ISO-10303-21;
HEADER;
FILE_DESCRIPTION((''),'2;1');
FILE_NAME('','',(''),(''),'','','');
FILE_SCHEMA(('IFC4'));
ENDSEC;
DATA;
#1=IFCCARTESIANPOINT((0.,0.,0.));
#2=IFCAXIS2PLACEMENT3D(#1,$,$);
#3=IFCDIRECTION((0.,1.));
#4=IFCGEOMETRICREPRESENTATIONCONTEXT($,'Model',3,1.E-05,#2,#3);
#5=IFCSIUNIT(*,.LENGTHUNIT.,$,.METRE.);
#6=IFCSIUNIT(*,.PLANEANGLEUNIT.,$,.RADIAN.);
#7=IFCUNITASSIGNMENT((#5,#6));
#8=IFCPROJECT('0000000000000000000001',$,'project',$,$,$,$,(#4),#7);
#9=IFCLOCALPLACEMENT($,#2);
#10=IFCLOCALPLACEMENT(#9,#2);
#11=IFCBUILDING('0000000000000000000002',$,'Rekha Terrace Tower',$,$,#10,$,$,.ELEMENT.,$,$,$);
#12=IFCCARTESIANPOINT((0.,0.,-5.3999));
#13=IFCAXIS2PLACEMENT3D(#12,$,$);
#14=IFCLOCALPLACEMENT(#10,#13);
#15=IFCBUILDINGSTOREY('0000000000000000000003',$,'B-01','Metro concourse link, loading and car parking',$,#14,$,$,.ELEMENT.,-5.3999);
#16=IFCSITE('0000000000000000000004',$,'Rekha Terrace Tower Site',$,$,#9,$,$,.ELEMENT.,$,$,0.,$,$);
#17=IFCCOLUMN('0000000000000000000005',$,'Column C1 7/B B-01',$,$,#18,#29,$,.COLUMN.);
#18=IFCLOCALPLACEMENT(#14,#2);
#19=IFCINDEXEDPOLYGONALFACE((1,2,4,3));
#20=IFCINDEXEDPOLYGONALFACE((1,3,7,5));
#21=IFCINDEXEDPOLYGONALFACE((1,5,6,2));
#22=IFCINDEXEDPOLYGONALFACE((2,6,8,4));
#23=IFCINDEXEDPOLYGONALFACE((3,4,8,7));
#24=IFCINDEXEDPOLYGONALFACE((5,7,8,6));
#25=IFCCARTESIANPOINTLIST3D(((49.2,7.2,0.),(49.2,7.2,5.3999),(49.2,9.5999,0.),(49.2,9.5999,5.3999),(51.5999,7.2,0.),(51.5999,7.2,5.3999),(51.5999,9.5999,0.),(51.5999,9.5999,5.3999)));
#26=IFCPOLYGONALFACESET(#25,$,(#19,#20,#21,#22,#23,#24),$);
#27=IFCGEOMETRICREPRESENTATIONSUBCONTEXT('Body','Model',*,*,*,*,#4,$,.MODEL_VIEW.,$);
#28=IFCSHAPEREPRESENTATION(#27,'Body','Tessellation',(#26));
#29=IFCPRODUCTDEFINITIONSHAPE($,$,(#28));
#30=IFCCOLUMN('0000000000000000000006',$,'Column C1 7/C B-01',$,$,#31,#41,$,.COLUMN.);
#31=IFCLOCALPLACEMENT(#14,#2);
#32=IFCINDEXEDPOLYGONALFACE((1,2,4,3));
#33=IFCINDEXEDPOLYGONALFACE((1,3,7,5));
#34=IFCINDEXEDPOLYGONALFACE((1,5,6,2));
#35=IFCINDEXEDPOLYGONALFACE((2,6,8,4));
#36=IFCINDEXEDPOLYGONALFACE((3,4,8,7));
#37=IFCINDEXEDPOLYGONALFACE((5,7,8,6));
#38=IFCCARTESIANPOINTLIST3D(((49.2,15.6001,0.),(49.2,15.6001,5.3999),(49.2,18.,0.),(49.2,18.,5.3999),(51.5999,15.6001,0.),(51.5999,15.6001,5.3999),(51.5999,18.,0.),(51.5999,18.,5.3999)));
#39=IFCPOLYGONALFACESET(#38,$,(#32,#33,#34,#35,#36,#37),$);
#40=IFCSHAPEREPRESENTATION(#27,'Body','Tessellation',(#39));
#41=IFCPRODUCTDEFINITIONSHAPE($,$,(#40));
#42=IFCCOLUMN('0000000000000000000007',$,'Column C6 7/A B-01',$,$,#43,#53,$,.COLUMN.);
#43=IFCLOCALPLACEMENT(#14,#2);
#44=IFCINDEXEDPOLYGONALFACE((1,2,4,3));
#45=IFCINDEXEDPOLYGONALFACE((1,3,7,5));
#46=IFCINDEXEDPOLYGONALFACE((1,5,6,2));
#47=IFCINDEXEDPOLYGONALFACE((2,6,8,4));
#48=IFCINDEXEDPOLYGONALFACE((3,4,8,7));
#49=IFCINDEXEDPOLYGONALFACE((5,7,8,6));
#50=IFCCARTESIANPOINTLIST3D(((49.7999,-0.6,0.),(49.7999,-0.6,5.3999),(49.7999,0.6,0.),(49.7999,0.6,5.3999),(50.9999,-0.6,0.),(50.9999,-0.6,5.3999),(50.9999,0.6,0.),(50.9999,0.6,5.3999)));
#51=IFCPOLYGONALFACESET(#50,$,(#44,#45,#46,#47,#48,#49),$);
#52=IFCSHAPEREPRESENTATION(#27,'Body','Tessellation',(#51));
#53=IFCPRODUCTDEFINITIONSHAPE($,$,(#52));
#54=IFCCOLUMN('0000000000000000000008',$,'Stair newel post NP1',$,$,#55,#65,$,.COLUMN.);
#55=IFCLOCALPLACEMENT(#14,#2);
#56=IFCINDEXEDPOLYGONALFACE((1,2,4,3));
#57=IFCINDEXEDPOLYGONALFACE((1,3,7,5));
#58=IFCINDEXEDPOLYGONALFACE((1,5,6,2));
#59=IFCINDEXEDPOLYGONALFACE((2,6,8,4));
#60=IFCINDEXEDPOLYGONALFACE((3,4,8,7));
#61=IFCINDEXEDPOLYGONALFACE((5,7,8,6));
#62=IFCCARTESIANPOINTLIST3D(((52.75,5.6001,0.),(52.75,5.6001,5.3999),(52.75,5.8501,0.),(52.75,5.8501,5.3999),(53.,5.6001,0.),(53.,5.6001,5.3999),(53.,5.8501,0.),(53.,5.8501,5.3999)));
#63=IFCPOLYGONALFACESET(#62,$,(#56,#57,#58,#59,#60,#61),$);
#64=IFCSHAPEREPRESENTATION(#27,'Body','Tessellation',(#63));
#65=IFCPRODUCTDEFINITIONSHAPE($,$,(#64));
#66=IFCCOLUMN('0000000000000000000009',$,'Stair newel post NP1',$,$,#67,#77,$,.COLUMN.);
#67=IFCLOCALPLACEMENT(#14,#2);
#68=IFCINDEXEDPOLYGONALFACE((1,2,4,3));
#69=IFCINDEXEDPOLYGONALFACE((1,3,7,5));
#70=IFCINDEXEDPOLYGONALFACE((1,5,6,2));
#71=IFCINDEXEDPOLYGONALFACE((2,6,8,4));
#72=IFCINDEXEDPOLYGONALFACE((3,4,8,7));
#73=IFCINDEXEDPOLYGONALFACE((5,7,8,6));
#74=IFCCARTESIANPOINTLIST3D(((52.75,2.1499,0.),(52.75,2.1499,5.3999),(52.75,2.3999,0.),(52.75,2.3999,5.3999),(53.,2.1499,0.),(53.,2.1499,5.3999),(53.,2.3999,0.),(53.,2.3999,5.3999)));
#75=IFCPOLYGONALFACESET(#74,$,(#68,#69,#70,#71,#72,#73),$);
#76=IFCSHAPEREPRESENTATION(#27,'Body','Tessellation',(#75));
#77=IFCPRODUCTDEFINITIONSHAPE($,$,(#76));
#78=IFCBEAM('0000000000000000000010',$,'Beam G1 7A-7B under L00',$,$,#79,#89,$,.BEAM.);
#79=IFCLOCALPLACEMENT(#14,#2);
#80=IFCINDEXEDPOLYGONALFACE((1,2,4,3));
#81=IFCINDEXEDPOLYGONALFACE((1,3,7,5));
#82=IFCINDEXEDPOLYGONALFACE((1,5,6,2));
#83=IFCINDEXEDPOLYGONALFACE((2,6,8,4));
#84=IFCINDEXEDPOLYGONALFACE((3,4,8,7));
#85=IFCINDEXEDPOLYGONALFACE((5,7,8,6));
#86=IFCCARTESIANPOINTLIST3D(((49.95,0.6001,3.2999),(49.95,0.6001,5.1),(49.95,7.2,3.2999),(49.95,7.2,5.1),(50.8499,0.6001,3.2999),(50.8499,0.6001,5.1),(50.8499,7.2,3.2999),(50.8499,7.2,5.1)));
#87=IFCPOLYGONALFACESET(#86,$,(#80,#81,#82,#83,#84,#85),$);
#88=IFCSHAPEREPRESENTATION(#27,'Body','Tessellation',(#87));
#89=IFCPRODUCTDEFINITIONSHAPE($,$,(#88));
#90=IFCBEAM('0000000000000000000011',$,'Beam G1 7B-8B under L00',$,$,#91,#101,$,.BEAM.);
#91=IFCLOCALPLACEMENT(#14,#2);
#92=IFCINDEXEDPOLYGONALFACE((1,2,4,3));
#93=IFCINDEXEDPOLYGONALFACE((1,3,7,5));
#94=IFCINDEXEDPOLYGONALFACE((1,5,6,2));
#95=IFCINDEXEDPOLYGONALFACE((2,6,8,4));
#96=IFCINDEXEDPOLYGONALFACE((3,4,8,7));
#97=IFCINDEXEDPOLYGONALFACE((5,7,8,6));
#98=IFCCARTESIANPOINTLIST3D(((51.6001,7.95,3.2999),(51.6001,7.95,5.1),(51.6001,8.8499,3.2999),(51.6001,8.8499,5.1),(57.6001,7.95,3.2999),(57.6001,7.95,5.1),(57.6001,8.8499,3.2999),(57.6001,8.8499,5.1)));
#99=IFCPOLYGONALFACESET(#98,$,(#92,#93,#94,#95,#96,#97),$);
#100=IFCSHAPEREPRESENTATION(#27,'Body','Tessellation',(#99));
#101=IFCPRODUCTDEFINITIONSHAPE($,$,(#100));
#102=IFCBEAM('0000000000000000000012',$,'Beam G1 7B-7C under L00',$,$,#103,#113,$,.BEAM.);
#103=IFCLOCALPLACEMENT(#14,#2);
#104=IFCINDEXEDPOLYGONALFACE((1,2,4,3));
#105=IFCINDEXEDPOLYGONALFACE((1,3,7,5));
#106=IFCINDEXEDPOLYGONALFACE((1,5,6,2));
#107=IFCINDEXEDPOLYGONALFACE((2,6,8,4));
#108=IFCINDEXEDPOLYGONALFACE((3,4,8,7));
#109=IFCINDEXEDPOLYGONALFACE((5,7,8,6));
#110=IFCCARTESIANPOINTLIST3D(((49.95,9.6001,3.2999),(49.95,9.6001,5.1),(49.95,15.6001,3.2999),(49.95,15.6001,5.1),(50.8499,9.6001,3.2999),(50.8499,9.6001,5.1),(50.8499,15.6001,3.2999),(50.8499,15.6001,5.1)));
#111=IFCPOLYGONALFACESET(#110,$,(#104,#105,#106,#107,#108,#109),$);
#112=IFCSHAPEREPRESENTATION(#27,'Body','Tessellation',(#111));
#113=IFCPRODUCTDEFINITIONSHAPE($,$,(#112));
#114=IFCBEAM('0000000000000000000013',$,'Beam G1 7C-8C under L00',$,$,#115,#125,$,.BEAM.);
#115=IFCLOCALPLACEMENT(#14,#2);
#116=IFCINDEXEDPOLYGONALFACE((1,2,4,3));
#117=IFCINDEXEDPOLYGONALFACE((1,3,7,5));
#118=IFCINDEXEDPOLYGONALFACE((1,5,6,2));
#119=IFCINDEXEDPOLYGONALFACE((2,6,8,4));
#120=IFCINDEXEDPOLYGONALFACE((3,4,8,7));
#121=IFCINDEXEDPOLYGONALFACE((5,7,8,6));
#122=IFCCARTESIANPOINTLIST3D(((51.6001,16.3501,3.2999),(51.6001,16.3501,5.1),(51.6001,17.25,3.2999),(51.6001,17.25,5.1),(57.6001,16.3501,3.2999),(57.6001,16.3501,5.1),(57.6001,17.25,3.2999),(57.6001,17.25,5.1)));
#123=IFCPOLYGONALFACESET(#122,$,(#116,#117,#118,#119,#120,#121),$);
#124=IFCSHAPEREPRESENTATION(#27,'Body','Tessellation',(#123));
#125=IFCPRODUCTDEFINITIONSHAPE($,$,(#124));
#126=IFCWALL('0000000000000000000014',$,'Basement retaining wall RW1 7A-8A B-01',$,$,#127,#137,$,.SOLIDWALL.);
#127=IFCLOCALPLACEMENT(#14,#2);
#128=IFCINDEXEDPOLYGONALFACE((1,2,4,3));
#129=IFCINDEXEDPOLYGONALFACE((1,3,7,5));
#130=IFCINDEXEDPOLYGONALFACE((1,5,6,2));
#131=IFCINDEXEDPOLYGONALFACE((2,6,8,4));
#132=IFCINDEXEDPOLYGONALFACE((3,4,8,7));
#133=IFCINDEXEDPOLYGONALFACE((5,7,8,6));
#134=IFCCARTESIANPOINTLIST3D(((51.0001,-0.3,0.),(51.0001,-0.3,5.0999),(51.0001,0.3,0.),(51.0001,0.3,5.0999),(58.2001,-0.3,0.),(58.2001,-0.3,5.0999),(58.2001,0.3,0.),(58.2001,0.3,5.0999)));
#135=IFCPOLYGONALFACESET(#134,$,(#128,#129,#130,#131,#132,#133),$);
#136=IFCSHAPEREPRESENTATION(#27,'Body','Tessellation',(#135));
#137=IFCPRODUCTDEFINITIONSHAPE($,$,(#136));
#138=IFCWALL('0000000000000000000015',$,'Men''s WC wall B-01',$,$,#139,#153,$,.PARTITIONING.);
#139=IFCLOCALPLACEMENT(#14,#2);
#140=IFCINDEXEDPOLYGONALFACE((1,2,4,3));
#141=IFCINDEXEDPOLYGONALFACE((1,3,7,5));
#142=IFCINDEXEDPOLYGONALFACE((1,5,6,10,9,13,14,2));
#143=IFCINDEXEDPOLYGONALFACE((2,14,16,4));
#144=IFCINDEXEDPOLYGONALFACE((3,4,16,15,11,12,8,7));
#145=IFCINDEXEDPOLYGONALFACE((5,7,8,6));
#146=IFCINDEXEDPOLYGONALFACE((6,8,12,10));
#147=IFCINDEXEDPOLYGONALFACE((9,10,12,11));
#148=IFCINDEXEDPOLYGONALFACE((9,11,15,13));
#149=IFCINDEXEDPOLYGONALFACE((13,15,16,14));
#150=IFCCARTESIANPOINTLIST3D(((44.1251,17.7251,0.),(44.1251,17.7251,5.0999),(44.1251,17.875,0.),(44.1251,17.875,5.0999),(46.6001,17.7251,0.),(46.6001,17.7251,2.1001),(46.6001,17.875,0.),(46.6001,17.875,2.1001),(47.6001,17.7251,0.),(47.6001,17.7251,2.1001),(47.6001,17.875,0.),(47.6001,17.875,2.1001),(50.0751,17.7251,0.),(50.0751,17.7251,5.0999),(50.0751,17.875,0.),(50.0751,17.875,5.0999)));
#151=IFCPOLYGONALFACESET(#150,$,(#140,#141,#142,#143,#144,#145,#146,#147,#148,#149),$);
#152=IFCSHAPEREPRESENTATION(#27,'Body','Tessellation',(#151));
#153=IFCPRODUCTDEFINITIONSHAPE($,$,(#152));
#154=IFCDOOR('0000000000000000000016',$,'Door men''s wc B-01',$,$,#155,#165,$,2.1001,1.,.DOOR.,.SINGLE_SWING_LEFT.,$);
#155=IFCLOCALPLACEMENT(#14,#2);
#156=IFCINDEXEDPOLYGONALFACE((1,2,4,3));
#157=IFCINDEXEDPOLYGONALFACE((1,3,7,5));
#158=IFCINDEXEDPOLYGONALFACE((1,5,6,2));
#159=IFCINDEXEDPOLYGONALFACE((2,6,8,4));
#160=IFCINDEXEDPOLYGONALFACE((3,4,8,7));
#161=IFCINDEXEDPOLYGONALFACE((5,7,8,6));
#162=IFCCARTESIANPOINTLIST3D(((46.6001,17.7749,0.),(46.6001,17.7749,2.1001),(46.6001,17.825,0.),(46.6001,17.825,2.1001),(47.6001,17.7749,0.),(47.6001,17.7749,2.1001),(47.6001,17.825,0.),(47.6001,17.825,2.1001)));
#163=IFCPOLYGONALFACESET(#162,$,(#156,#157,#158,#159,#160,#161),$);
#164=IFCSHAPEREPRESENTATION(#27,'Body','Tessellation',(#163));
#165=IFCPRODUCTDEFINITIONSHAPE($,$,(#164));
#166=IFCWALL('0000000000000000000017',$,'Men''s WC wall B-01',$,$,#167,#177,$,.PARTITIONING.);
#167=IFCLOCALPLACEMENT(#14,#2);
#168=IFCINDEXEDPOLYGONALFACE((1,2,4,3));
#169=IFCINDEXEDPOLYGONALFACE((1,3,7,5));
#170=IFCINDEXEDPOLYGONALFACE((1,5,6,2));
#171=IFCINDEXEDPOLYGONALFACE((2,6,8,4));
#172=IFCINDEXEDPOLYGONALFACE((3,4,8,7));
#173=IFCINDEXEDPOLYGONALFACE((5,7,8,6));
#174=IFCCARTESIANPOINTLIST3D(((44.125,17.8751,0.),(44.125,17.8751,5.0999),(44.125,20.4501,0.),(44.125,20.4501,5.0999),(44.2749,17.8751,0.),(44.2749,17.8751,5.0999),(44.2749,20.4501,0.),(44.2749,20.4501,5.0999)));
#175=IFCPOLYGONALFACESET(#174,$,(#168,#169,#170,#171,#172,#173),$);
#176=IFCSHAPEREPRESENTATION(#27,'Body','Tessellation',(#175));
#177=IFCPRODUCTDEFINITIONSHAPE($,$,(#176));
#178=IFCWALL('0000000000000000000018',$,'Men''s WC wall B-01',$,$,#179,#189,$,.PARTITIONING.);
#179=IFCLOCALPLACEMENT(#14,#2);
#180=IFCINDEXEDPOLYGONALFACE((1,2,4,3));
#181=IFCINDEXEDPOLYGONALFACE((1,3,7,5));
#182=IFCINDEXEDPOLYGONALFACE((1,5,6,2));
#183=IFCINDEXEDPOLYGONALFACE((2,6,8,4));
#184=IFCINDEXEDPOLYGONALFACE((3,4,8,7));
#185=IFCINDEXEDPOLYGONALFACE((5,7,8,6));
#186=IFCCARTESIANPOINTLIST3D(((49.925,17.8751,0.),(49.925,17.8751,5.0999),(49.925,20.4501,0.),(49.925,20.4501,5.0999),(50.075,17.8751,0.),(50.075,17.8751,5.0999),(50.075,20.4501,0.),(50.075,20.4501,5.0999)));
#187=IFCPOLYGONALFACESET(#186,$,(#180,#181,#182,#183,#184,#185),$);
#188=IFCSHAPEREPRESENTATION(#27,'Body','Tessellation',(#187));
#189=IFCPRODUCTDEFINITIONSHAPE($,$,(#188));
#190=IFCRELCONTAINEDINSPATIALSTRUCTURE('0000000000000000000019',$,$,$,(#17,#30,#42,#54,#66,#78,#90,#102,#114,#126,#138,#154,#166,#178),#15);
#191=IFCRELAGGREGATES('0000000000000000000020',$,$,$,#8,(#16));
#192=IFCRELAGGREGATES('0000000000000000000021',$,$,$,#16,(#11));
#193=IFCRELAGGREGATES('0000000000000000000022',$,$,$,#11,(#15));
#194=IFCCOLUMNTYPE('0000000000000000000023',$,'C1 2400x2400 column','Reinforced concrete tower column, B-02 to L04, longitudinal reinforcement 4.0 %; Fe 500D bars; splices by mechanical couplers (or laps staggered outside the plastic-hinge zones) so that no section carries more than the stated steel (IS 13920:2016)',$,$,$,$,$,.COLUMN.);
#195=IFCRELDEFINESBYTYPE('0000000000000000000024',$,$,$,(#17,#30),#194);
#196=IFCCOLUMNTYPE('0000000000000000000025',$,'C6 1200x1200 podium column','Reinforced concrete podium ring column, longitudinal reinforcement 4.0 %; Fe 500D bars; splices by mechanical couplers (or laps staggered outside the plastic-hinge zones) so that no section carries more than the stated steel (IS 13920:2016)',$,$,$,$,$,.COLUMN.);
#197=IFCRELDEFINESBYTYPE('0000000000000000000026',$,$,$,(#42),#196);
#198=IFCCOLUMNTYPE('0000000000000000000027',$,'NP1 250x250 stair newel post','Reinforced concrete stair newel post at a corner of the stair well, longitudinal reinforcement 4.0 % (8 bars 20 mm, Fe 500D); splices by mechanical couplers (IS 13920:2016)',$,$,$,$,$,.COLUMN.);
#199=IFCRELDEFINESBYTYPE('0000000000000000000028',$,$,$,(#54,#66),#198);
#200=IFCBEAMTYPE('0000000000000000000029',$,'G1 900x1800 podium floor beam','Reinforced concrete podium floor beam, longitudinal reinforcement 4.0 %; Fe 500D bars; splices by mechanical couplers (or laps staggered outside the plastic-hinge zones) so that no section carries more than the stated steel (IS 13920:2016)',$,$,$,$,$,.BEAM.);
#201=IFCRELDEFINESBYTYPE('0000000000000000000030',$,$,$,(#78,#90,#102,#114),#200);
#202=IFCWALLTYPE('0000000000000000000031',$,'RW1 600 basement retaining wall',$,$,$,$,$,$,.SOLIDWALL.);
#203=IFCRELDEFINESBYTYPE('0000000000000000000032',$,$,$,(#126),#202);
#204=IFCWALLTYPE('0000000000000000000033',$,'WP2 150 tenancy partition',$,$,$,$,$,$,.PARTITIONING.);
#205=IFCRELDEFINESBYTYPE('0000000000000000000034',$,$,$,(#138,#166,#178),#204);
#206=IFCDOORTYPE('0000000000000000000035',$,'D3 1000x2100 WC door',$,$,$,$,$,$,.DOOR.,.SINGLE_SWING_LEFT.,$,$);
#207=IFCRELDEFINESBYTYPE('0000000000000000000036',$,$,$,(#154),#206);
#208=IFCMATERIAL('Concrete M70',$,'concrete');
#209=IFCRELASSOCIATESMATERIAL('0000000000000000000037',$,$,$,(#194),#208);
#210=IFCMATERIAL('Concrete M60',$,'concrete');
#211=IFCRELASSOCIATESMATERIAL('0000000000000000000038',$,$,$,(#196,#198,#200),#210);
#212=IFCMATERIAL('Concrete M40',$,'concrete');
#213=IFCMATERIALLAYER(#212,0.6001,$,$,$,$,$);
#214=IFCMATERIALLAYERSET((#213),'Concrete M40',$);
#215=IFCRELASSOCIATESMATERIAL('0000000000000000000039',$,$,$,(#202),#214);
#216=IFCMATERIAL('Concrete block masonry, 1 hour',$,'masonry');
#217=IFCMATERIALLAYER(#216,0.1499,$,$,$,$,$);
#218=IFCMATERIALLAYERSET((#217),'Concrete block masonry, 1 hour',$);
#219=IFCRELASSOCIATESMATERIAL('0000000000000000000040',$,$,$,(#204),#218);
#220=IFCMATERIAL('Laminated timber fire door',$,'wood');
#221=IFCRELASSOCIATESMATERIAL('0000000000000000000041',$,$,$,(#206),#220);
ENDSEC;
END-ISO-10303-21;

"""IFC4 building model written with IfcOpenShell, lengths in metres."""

from ifc_helpers import new_model, si_unit, direction, frame, frame_2d, origin, origin_2d, place, context, subcontext, project, spatial, rectangle, extrude, material, layer, layer_set, material_profile, profile_set, type_object, element, fill, save


model = new_model("IFC4")

# Units and contexts
model_context = context("Model", 3, precision=1e-05, world=origin(), true_north=direction((0.0, 1.0)))
body_context = subcontext(model_context, "Body", "Model", "MODEL_VIEW")
ifc_project = project(units=[si_unit("LENGTHUNIT", "METRE"), si_unit("PLANEANGLEUNIT", "RADIAN")], contexts=[model_context])

# Site, building, storey
site_placement = place(None, origin())
site = spatial("IfcSite", under=ifc_project, at=site_placement, Name="Rekha Terrace Tower Site", CompositionType="ELEMENT", RefElevation=0.0)
building_placement = place(site_placement, origin())
building = spatial("IfcBuilding", under=site, at=building_placement, Name="Rekha Terrace Tower", CompositionType="ELEMENT")
storey_placement = place(building_placement, frame((0.0, 0.0, -5.3999)))
storey = spatial("IfcBuildingStorey", under=building, at=storey_placement, Name="B-01", Description="Metro concourse link, loading and car parking", CompositionType="ELEMENT", Elevation=-5.3999)

# Columns
ifc_material_1 = material(Name="Concrete M70", Category="concrete")
ifc_material_profile_1 = material_profile(ifc_material_1, rectangle(XDim=2.3999, YDim=2.3999, at=origin_2d()), Name="RC 2400x2400")
ifc_profile_set_1 = profile_set([ifc_material_profile_1], Name="Concrete M70")
column_type_1 = type_object("IfcColumnType", Name="C1 2400x2400 column", Description="Reinforced concrete tower column, B-02 to L04, longitudinal reinforcement 4.0 %; Fe 500D bars; splices by mechanical couplers (or laps staggered outside the plastic-hinge zones) so that no section carries more than the stated steel (IS 13920:2016)", PredefinedType="COLUMN", material=ifc_profile_set_1)
for number, where, z_axis, x_axis, name in (
    (1, (50.3999, 8.3999, 0.0), (0.0, 0.0, 1.0), (1.0, 0.0, 0.0), "Column C1 7/B B-01"),
    (2, (50.3999, 16.8, 0.0), (0.0, 0.0, 1.0), (1.0, 0.0, 0.0), "Column C1 7/C B-01"),
):
    element("IfcColumn", number, at=place(storey_placement, frame(where, z_axis=z_axis, x_axis=x_axis)), inside=storey, type_object=column_type_1, Name=name, PredefinedType="COLUMN", context=body_context, shape_type="SweptSolid", body=[
        extrude(rectangle(XDim=2.3999, YDim=2.3999, at=origin_2d()), origin(), (0.0, 0.0, 1.0), 5.3999),
    ])
ifc_material_2 = material(Name="Concrete M60", Category="concrete")
ifc_material_profile_2 = material_profile(ifc_material_2, rectangle(XDim=1.2, YDim=1.2, at=origin_2d()), Name="RC 1200x1200")
ifc_profile_set_2 = profile_set([ifc_material_profile_2], Name="Concrete M60")
column_type_2 = type_object("IfcColumnType", Name="C6 1200x1200 podium column", Description="Reinforced concrete podium ring column, longitudinal reinforcement 4.0 %; Fe 500D bars; splices by mechanical couplers (or laps staggered outside the plastic-hinge zones) so that no section carries more than the stated steel (IS 13920:2016)", PredefinedType="COLUMN", material=ifc_profile_set_2)
column_placement = place(storey_placement, frame((50.3999, 0.0, 0.0), z_axis=(0.0, 0.0, 1.0), x_axis=(1.0, 0.0, 0.0)))
element("IfcColumn", 3, at=column_placement, inside=storey, type_object=column_type_2, Name="Column C6 7/A B-01", PredefinedType="COLUMN", context=body_context, shape_type="SweptSolid", body=[
    extrude(rectangle(XDim=1.2, YDim=1.2, at=origin_2d()), origin(), (0.0, 0.0, 1.0), 5.3999),
])
ifc_material_profile_3 = material_profile(ifc_material_2, rectangle(XDim=0.25, YDim=0.25, at=origin_2d()), Name="RC 250x250")
ifc_profile_set_3 = profile_set([ifc_material_profile_3], Name="Concrete M60")
column_type_3 = type_object("IfcColumnType", Name="NP1 250x250 stair newel post", Description="Reinforced concrete stair newel post at a corner of the stair well, longitudinal reinforcement 4.0 % (8 bars 20 mm, Fe 500D); splices by mechanical couplers (IS 13920:2016)", PredefinedType="COLUMN", material=ifc_profile_set_3)
for number, where, z_axis, x_axis, name in (
    (4, (52.875, 5.7251, 0.0), (0.0, 0.0, 1.0), (1.0, 0.0, 0.0), "Stair newel post NP1"),
    (5, (52.875, 2.2749, 0.0), (0.0, 0.0, 1.0), (1.0, 0.0, 0.0), "Stair newel post NP1"),
):
    element("IfcColumn", number, at=place(storey_placement, frame(where, z_axis=z_axis, x_axis=x_axis)), inside=storey, type_object=column_type_3, Name=name, PredefinedType="COLUMN", context=body_context, shape_type="SweptSolid", body=[
        extrude(rectangle(XDim=0.25, YDim=0.25, at=origin_2d()), origin(), (0.0, 0.0, 1.0), 5.3999),
    ])

# Beams
ifc_material_profile_4 = material_profile(ifc_material_2, rectangle(XDim=0.8999, YDim=1.8, at=origin_2d()), Name="RC 900x1800")
ifc_profile_set_4 = profile_set([ifc_material_profile_4], Name="Concrete M60")
beam_type = type_object("IfcBeamType", Name="G1 900x1800 podium floor beam", Description="Reinforced concrete podium floor beam, longitudinal reinforcement 4.0 %; Fe 500D bars; splices by mechanical couplers (or laps staggered outside the plastic-hinge zones) so that no section carries more than the stated steel (IS 13920:2016)", PredefinedType="BEAM", material=ifc_profile_set_4)
beam_placement = place(storey_placement, frame((50.3999, 0.6001, 4.2), z_axis=(0.0, 1.0, 0.0), x_axis=(-1.0, 0.0, 0.0)))
element("IfcBeam", 6, at=beam_placement, inside=storey, type_object=beam_type, Name="Beam G1 7A-7B under L00", PredefinedType="BEAM", context=body_context, shape_type="SweptSolid", body=[
    extrude(rectangle(XDim=0.8999, YDim=1.8, at=origin_2d()), origin(), (0.0, 0.0, 1.0), 6.5999),
])
for number, where, z_axis, x_axis, name in (
    (7, (51.6001, 8.3999, 4.2), (1.0, 0.0, 0.0), (0.0, 1.0, 0.0), "Beam G1 7B-8B under L00"),
    (8, (50.3999, 9.6001, 4.2), (0.0, 1.0, 0.0), (-1.0, 0.0, 0.0), "Beam G1 7B-7C under L00"),
    (9, (51.6001, 16.8, 4.2), (1.0, 0.0, 0.0), (0.0, 1.0, 0.0), "Beam G1 7C-8C under L00"),
):
    element("IfcBeam", number, at=place(storey_placement, frame(where, z_axis=z_axis, x_axis=x_axis)), inside=storey, type_object=beam_type, Name=name, PredefinedType="BEAM", context=body_context, shape_type="SweptSolid", body=[
        extrude(rectangle(XDim=0.8999, YDim=1.8, at=origin_2d()), origin(), (0.0, 0.0, 1.0), 6.0),
    ])

# Wall
ifc_material_3 = material(Name="Concrete M40", Category="concrete")
ifc_layer_1 = layer(ifc_material_3, 0.6001)
ifc_layer_set_1 = layer_set([ifc_layer_1], Name="Concrete M40")
wall_type_1 = type_object("IfcWallType", Name="RW1 600 basement retaining wall", PredefinedType="SOLIDWALL", material=ifc_layer_set_1)
wall_1_placement = place(storey_placement, frame((51.0, 0.0, 0.0), z_axis=(0.0, 0.0, 1.0), x_axis=(1.0, 0.0, 0.0)))
element("IfcWall", 10, at=wall_1_placement, inside=storey, type_object=wall_type_1, Name="Basement retaining wall RW1 7A-8A B-01", PredefinedType="SOLIDWALL", context=body_context, shape_type="SweptSolid", body=[
    extrude(rectangle(XDim=7.2, YDim=0.6001, at=frame_2d((3.6001, 0.0))), origin(), (0.0, 0.0, 1.0), 5.0999),
])

# Wall, opening, door
ifc_material_4 = material(Name="Concrete block masonry, 1 hour", Category="masonry")
ifc_layer_2 = layer(ifc_material_4, 0.1499)
ifc_layer_set_2 = layer_set([ifc_layer_2], Name="Concrete block masonry, 1 hour")
wall_type_2 = type_object("IfcWallType", Name="WP2 150 tenancy partition", PredefinedType="PARTITIONING", material=ifc_layer_set_2)
wall_2_placement = place(storey_placement, frame((44.125, 17.8, 0.0), z_axis=(0.0, 0.0, 1.0), x_axis=(1.0, 0.0, 0.0)))
wall_2 = element("IfcWall", 11, at=wall_2_placement, inside=storey, type_object=wall_type_2, Name="Men's WC wall B-01", PredefinedType="PARTITIONING", context=body_context, shape_type="SweptSolid", body=[
    extrude(rectangle(XDim=5.95, YDim=0.1499, at=frame_2d((2.9751, 0.0))), origin(), (0.0, 0.0, 1.0), 5.0999),
])
opening_1_placement = place(wall_2_placement, frame((2.4751, 0.0, 0.0)))
opening_1 = element("IfcOpeningElement", 12, at=opening_1_placement, cuts=wall_2, PredefinedType="OPENING", context=body_context, shape_type="SweptSolid", body=[
    extrude(rectangle(XDim=1.0, YDim=2.1001, at=frame_2d((0.5, 1.05))), frame((0.0, 0.085, 0.0), z_axis=(0.0, -1.0, 0.0), x_axis=(1.0, 0.0, 0.0)), (0.0, 0.0, 1.0), 0.1699),
])
ifc_material_5 = material(Name="Laminated timber fire door", Category="wood")
door_type_1 = type_object("IfcDoorType", Name="D3 1000x2100 WC door", OperationType="SINGLE_SWING_LEFT", PredefinedType="DOOR", material=ifc_material_5)
door_1_placement = place(opening_1_placement, origin())
door_1 = element("IfcDoor", 13, at=door_1_placement, inside=storey, type_object=door_type_1, Name="Door men's wc B-01", OperationType="SINGLE_SWING_LEFT", OverallHeight=2.1001, OverallWidth=1.0, PredefinedType="DOOR", context=body_context, shape_type="SweptSolid", body=[
    extrude(rectangle(XDim=1.0, YDim=2.1001, at=frame_2d((0.5, 1.05))), frame((0.0, 0.0249, 0.0), z_axis=(0.0, -1.0, 0.0), x_axis=(1.0, 0.0, 0.0)), (0.0, 0.0, 1.0), 0.05),
])
fill(opening_1, door_1)

# Walls
for number, where, z_axis, x_axis, name in (
    (14, (44.2, 17.875, 0.0), (0.0, 0.0, 1.0), (0.0, 1.0, 0.0), "Men's WC wall B-01"),
    (15, (50.0, 17.875, 0.0), (0.0, 0.0, 1.0), (0.0, 1.0, 0.0), "Men's WC wall B-01"),
):
    element("IfcWall", number, at=place(storey_placement, frame(where, z_axis=z_axis, x_axis=x_axis)), inside=storey, type_object=wall_type_2, Name=name, PredefinedType="PARTITIONING", context=body_context, shape_type="SweptSolid", body=[
        extrude(rectangle(XDim=2.575, YDim=0.1499, at=frame_2d((1.2876, 0.0))), origin(), (0.0, 0.0, 1.0), 5.0999),
    ])

save(model, "model.ifc")
